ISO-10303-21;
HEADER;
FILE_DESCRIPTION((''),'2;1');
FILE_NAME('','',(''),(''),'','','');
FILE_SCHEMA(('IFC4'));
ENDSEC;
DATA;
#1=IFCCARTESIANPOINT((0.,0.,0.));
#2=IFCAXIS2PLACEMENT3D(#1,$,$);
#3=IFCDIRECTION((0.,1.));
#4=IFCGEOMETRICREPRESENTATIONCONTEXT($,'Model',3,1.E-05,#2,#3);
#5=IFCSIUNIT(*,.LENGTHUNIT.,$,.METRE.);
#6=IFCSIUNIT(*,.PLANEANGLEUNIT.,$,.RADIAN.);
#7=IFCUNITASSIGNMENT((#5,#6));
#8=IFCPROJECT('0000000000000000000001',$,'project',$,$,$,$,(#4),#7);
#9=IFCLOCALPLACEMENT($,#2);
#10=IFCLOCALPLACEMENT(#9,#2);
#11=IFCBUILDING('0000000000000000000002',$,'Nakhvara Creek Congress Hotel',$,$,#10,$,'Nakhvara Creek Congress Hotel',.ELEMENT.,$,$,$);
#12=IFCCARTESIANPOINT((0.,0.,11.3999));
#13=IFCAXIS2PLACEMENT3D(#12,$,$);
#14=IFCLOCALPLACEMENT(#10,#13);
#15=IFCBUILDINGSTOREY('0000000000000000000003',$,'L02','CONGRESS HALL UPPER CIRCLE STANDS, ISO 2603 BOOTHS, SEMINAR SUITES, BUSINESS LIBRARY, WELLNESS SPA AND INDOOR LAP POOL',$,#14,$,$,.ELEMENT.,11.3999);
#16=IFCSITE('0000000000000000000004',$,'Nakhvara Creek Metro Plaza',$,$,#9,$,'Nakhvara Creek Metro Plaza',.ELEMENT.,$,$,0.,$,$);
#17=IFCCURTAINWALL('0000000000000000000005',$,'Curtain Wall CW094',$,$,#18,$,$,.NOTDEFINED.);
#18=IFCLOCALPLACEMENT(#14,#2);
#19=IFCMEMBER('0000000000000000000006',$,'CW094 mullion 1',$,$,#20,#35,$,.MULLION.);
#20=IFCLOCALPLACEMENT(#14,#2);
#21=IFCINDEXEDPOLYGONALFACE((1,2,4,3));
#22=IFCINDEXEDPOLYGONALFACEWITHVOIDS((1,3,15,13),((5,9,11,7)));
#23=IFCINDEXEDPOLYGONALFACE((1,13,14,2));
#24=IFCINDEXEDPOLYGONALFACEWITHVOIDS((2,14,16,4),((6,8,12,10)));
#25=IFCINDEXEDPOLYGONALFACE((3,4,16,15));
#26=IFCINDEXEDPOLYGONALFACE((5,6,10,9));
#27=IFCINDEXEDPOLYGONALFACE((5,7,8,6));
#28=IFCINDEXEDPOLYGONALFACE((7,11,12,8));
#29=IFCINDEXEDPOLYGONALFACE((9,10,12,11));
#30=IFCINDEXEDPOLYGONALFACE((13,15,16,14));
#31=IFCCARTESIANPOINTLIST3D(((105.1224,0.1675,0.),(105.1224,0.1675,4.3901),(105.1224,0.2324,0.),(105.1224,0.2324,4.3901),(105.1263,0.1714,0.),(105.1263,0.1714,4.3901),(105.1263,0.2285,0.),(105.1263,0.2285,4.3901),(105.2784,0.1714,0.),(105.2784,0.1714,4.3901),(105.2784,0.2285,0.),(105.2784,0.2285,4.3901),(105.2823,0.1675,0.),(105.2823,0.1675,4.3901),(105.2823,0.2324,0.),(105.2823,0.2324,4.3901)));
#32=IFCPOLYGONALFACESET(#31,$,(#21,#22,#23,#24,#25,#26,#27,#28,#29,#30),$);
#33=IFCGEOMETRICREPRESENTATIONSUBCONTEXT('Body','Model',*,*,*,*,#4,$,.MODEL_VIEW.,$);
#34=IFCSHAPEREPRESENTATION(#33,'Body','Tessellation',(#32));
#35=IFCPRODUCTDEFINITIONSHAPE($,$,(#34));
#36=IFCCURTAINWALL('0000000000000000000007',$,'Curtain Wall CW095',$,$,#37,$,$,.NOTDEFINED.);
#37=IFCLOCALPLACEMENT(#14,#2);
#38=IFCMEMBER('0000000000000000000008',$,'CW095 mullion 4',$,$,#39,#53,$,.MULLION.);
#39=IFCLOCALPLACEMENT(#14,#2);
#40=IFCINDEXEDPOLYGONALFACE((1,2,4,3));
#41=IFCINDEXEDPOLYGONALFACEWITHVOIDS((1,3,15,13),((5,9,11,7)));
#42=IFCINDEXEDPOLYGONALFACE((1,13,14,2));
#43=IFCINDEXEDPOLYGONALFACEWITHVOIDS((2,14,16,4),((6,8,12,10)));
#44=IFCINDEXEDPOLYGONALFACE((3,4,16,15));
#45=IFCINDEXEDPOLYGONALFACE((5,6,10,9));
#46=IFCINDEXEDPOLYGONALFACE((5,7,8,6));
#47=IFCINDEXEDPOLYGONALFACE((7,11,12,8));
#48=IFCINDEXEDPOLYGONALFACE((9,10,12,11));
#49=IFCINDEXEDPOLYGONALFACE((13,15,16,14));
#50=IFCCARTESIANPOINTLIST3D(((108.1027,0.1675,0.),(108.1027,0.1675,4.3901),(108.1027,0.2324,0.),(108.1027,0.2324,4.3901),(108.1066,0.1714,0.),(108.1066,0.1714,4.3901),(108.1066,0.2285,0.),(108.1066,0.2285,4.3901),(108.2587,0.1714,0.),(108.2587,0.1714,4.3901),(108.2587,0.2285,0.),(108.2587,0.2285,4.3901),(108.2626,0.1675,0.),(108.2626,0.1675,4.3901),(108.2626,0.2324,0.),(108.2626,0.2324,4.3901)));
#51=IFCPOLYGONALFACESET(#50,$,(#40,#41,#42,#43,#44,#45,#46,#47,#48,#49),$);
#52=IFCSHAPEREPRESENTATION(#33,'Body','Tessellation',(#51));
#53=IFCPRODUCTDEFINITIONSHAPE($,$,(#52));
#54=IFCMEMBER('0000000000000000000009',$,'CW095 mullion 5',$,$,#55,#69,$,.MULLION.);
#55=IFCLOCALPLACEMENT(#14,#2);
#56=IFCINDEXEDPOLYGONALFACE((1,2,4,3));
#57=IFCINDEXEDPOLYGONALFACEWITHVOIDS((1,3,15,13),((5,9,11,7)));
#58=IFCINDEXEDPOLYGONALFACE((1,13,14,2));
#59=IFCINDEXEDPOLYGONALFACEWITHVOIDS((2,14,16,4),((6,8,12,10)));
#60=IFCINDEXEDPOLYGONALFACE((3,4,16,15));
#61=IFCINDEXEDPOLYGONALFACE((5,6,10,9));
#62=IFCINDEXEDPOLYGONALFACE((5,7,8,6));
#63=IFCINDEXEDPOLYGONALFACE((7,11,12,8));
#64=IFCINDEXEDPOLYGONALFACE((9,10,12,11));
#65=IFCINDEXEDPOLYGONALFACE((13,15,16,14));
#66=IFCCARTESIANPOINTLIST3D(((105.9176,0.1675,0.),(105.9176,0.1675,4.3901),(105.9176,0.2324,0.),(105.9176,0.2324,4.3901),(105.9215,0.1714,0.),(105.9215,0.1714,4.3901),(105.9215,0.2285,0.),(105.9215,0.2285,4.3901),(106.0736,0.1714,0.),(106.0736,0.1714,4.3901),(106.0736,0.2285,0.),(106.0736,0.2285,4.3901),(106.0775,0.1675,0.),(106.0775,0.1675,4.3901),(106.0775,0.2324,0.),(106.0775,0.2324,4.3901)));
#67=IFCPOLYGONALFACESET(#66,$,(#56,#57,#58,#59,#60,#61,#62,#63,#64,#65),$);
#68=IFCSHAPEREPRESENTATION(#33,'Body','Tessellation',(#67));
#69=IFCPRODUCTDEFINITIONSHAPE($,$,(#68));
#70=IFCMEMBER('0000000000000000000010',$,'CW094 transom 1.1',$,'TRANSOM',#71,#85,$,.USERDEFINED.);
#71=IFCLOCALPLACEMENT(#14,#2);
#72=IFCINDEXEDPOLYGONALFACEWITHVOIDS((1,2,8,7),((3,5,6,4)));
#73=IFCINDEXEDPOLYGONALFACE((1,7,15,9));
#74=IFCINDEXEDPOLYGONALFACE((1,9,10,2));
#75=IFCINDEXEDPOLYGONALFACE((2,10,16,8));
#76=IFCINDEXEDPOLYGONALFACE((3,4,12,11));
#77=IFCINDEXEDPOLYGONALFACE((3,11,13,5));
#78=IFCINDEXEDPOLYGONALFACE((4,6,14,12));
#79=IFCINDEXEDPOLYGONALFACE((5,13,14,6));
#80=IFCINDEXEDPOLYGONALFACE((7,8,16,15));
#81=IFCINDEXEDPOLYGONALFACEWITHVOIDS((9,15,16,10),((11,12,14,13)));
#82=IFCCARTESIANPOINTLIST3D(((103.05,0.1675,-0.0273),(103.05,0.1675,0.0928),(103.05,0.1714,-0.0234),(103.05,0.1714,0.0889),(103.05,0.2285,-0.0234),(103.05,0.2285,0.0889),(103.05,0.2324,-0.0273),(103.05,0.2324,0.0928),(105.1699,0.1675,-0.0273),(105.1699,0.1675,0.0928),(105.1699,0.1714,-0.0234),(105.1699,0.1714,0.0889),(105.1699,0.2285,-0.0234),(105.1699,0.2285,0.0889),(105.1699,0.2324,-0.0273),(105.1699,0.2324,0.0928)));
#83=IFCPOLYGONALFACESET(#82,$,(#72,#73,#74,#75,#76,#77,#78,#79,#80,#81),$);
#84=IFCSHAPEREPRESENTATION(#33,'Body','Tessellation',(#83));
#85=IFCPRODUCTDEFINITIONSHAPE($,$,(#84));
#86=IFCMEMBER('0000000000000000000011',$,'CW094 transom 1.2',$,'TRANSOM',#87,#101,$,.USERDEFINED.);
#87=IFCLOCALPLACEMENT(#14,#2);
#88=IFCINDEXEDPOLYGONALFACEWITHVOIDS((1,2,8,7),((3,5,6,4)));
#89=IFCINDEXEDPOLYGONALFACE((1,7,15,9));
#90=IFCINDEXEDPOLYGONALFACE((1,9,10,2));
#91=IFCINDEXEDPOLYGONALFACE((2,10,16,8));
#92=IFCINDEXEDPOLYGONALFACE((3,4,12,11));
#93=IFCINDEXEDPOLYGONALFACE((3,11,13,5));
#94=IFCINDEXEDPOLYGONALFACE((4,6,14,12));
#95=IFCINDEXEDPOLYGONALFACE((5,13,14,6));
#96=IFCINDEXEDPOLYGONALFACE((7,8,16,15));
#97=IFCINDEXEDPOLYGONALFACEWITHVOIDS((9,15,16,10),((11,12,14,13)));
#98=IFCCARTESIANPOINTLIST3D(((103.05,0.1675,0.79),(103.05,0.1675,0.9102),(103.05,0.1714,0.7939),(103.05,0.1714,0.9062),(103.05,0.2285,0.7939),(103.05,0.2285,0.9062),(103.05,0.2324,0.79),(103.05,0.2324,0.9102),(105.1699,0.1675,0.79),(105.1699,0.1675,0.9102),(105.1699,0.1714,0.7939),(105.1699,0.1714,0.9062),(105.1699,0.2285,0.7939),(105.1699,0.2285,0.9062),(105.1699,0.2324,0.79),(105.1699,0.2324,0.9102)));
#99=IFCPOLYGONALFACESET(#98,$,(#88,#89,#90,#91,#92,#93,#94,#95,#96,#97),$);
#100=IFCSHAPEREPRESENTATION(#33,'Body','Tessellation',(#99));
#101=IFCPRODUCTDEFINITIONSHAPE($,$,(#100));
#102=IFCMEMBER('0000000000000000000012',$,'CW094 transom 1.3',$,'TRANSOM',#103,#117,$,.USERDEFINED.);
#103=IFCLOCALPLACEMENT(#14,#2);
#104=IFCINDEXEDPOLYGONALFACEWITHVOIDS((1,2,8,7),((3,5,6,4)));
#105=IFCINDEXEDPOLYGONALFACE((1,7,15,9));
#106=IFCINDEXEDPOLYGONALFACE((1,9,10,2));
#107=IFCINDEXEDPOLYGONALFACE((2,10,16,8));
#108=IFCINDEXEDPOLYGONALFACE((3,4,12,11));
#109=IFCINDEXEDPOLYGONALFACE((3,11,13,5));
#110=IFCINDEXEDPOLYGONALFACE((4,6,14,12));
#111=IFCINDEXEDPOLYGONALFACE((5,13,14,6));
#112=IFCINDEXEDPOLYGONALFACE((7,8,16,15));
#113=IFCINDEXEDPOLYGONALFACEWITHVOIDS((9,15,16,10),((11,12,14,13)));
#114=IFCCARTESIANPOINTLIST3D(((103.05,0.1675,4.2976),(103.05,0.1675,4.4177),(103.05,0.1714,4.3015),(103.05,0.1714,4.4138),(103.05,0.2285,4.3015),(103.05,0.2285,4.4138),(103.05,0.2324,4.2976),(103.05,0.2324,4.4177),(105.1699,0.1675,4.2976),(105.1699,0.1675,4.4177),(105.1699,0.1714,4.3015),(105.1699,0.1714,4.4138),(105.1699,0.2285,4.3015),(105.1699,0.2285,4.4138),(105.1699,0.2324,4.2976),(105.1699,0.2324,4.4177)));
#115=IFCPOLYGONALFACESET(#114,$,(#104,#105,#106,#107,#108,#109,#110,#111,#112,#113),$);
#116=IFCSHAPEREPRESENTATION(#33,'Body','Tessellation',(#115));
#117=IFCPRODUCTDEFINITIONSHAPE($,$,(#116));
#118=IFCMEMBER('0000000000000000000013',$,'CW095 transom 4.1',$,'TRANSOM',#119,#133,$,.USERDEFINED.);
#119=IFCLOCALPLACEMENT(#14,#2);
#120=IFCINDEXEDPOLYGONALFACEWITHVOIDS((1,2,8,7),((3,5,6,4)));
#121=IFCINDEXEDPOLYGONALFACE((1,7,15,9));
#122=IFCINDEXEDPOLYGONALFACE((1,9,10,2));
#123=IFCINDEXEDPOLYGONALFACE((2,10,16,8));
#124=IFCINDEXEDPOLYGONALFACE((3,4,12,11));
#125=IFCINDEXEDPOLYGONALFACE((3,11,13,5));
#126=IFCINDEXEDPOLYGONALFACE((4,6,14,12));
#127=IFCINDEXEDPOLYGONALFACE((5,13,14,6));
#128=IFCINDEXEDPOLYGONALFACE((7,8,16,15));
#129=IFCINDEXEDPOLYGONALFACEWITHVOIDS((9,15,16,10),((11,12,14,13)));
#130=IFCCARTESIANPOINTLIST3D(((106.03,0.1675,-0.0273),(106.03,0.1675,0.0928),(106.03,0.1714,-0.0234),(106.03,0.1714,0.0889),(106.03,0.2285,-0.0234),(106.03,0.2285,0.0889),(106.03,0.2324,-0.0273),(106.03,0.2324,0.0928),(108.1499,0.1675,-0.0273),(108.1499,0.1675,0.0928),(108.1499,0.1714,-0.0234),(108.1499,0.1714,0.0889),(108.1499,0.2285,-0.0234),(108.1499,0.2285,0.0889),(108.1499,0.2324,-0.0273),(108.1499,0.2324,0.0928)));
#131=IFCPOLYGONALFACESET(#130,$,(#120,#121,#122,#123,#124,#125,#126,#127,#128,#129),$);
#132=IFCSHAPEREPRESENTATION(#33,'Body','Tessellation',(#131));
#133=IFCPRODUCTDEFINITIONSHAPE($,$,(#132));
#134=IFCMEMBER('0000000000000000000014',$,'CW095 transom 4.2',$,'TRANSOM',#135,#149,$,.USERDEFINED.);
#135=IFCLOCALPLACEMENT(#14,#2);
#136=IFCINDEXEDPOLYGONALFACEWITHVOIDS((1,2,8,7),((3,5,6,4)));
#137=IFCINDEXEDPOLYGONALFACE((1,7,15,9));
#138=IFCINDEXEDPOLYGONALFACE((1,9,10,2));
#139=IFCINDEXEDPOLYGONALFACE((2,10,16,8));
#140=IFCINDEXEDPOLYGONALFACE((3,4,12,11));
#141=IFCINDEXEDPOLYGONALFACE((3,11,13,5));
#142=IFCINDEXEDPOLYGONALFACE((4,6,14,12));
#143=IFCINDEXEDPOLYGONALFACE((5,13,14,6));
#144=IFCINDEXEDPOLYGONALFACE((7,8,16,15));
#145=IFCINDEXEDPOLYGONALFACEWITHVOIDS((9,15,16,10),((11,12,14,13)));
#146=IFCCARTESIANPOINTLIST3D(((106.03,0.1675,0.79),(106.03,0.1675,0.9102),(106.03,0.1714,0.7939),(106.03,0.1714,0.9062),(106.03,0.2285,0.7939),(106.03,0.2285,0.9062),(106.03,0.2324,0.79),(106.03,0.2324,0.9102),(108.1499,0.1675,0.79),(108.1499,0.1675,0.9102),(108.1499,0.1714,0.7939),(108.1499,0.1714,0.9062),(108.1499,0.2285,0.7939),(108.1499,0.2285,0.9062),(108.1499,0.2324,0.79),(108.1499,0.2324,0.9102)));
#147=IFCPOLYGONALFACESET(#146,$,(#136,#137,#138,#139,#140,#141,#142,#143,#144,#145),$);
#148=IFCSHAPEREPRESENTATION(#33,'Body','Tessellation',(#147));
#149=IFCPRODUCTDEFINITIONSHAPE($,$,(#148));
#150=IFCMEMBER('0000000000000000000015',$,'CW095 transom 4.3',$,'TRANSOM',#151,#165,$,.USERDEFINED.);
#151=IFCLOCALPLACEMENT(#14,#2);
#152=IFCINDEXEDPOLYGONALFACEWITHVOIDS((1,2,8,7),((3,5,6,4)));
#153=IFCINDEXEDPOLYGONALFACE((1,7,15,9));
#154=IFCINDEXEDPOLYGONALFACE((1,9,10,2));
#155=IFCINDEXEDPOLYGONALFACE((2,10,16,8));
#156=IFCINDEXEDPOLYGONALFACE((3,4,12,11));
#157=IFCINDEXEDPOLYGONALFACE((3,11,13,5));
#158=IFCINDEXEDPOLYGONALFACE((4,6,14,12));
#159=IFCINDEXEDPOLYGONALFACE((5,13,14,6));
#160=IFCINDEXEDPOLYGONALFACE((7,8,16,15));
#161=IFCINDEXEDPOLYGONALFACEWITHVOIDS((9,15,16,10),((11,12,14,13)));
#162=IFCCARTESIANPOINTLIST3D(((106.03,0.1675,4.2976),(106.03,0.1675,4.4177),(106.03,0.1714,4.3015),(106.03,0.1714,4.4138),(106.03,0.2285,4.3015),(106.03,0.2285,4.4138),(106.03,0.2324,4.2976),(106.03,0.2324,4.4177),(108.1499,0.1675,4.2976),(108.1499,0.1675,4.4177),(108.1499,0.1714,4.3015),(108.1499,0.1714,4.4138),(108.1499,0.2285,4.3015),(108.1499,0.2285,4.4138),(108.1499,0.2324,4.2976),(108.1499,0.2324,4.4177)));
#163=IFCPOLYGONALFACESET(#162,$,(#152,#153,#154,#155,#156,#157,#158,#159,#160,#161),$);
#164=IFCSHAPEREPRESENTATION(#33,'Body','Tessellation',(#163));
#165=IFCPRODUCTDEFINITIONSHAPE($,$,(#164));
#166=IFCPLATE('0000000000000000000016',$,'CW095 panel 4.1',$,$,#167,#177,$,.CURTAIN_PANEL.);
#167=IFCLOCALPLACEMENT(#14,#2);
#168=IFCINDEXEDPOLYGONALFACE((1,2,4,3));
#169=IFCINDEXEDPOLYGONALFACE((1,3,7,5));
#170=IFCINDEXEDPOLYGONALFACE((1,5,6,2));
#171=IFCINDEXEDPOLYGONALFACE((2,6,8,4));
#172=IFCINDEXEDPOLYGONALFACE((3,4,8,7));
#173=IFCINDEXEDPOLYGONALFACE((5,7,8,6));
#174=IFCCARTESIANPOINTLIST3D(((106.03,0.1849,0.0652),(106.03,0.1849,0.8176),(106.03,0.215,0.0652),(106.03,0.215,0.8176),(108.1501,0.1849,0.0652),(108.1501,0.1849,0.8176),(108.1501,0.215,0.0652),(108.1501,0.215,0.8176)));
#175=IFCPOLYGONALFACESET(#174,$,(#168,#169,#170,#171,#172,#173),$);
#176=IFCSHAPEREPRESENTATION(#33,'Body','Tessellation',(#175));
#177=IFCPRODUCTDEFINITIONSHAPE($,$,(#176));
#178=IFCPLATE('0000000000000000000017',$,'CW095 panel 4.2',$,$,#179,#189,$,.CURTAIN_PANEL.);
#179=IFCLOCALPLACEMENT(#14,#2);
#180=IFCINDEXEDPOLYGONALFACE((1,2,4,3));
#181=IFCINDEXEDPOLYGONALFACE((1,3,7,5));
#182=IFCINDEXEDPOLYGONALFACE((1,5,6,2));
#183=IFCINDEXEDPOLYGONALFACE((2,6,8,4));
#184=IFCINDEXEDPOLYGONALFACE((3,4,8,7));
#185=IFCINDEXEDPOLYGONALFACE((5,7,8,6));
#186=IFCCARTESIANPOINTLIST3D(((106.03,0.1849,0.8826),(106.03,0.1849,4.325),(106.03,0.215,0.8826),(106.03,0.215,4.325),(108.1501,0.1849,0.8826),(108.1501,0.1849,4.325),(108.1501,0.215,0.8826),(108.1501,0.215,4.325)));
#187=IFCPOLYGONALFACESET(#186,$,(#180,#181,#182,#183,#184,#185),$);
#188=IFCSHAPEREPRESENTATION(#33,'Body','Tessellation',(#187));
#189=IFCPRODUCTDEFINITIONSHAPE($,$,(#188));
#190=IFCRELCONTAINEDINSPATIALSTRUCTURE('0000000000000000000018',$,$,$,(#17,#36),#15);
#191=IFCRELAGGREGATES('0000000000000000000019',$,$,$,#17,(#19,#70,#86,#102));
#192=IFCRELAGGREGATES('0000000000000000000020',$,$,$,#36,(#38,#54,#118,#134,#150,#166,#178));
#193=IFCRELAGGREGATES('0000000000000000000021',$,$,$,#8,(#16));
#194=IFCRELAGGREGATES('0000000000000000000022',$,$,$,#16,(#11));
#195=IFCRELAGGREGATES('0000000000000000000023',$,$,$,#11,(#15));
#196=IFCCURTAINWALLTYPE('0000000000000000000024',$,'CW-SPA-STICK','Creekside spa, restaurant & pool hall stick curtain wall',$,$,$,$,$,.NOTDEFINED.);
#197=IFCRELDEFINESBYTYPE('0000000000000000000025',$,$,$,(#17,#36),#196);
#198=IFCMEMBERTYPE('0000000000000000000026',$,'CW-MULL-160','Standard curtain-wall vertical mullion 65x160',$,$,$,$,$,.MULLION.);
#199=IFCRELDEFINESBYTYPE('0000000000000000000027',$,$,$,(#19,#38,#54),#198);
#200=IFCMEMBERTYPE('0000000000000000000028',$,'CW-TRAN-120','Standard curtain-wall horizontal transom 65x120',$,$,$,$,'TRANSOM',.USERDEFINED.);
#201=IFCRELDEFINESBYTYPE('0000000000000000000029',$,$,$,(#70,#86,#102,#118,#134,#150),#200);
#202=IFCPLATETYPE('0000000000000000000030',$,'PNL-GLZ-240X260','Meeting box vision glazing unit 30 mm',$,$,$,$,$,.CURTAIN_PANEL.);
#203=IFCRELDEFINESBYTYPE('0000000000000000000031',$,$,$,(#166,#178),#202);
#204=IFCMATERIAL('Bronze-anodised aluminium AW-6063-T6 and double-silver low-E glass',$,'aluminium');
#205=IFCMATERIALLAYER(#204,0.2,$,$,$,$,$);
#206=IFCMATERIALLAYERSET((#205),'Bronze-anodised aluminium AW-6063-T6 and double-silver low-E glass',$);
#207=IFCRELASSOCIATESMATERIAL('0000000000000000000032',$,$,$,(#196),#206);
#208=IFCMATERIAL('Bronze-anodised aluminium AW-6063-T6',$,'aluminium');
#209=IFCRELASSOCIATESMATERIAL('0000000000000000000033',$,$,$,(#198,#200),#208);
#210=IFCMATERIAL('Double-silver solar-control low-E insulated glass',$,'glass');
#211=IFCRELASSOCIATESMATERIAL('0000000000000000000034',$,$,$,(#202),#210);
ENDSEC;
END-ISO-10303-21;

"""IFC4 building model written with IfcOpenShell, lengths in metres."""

from ifc_helpers import new_model, si_unit, direction, frame, origin, origin_2d, place, context, subcontext, project, spatial, rectangle, hollow_rectangle, extrude, material, layer, layer_set, material_profile, profile_set, type_object, element, aggregate, save


model = new_model("IFC4")

# Units and contexts
model_context = context("Model", 3, precision=1e-05, world=origin(), true_north=direction((0.0, 1.0)))
body_context = subcontext(model_context, "Body", "Model", "MODEL_VIEW")
ifc_project = project(units=[si_unit("LENGTHUNIT", "METRE"), si_unit("PLANEANGLEUNIT", "RADIAN")], contexts=[model_context])

# Site, building, storey
site_placement = place(None, origin())
site = spatial("IfcSite", under=ifc_project, at=site_placement, Name="Nakhvara Creek Metro Plaza", LongName="Nakhvara Creek Metro Plaza", CompositionType="ELEMENT", RefElevation=0.0)
building_placement = place(site_placement, origin())
building = spatial("IfcBuilding", under=site, at=building_placement, Name="Nakhvara Creek Congress Hotel", LongName="Nakhvara Creek Congress Hotel", CompositionType="ELEMENT")
storey_placement = place(building_placement, frame((0.0, 0.0, 11.3999)))
storey = spatial("IfcBuildingStorey", under=building, at=storey_placement, Name="L02", Description="CONGRESS HALL UPPER CIRCLE STANDS, ISO 2603 BOOTHS, SEMINAR SUITES, BUSINESS LIBRARY, WELLNESS SPA AND INDOOR LAP POOL", CompositionType="ELEMENT", Elevation=11.3999)

# Curtain wall, member
ifc_material_1 = material(Name="Bronze-anodised aluminium AW-6063-T6 and double-silver low-E glass", Category="aluminium")
ifc_layer_1 = layer(ifc_material_1, 0.2)
ifc_layer_set_1 = layer_set([ifc_layer_1], Name="Bronze-anodised aluminium AW-6063-T6 and double-silver low-E glass")
curtain_wall_type = type_object("IfcCurtainWallType", Name="CW-SPA-STICK", Description="Creekside spa, restaurant & pool hall stick curtain wall", PredefinedType="NOTDEFINED", material=ifc_layer_set_1)
curtain_wall_1_placement = place(storey_placement, origin())
curtain_wall_1 = element("IfcCurtainWall", 1, at=curtain_wall_1_placement, inside=storey, type_object=curtain_wall_type, Name="Curtain Wall CW094", PredefinedType="NOTDEFINED")
ifc_material_2 = material(Name="Bronze-anodised aluminium AW-6063-T6", Category="aluminium")
ifc_material_profile_1 = material_profile(ifc_material_2, hollow_rectangle(XDim=0.0649, YDim=0.1599, WallThickness=0.0039, at=origin_2d()), Name="ALU-MULL 65x160x4", Category="LoadBearing")
ifc_profile_set_1 = profile_set([ifc_material_profile_1], Name="Bronze-anodised aluminium AW-6063-T6")
member_type_1 = type_object("IfcMemberType", Name="CW-MULL-160", Description="Standard curtain-wall vertical mullion 65x160", PredefinedType="MULLION", material=ifc_profile_set_1)
member_1_placement = place(storey_placement, frame((105.2024, 0.2, 0.0), z_axis=(0.0, 0.0, 1.0), x_axis=(0.0, -1.0, 0.0)))
member_1 = element("IfcMember", 2, at=member_1_placement, type_object=member_type_1, Name="CW094 mullion 1", PredefinedType="MULLION", context=body_context, shape_type="SweptSolid", body=[
    extrude(hollow_rectangle(XDim=0.0649, YDim=0.1599, WallThickness=0.0039, at=origin_2d()), origin(), (0.0, 0.0, 1.0), 4.3901),
])

# Curtain wall, members
curtain_wall_2_placement = place(storey_placement, origin())
curtain_wall_2 = element("IfcCurtainWall", 3, at=curtain_wall_2_placement, inside=storey, type_object=curtain_wall_type, Name="Curtain Wall CW095", PredefinedType="NOTDEFINED")
member_2_placement = place(storey_placement, frame((108.1826, 0.2, 0.0), z_axis=(0.0, 0.0, 1.0), x_axis=(0.0, -1.0, 0.0)))
member_2 = element("IfcMember", 4, at=member_2_placement, type_object=member_type_1, Name="CW095 mullion 4", PredefinedType="MULLION", context=body_context, shape_type="SweptSolid", body=[
    extrude(hollow_rectangle(XDim=0.0649, YDim=0.1599, WallThickness=0.0039, at=origin_2d()), origin(), (0.0, 0.0, 1.0), 4.3901),
])
member_3_placement = place(storey_placement, frame((105.9976, 0.2, 0.0), z_axis=(0.0, 0.0, 1.0), x_axis=(0.0, -1.0, 0.0)))
member_3 = element("IfcMember", 5, at=member_3_placement, type_object=member_type_1, Name="CW095 mullion 5", PredefinedType="MULLION", context=body_context, shape_type="SweptSolid", body=[
    extrude(hollow_rectangle(XDim=0.0649, YDim=0.1599, WallThickness=0.0039, at=origin_2d()), origin(), (0.0, 0.0, 1.0), 4.3901),
])

# Members
ifc_material_profile_2 = material_profile(ifc_material_2, hollow_rectangle(XDim=0.0649, YDim=0.1201, WallThickness=0.0039, at=origin_2d()), Name="ALU-TRAN 65x120x4", Category="LoadBearing")
ifc_profile_set_2 = profile_set([ifc_material_profile_2], Name="Bronze-anodised aluminium AW-6063-T6")
member_type_2 = type_object("IfcMemberType", Name="CW-TRAN-120", Description="Standard curtain-wall horizontal transom 65x120", ElementType="TRANSOM", PredefinedType="USERDEFINED", material=ifc_profile_set_2)
member_4_placement = place(storey_placement, frame((105.1699, 0.2, 0.0327), z_axis=(-1.0, 0.0, 0.0), x_axis=(0.0, -1.0, 0.0)))
member_4 = element("IfcMember", 6, at=member_4_placement, type_object=member_type_2, Name="CW094 transom 1.1", ObjectType="TRANSOM", PredefinedType="USERDEFINED", context=body_context, shape_type="SweptSolid", body=[
    extrude(hollow_rectangle(XDim=0.0649, YDim=0.1201, WallThickness=0.0039, at=origin_2d()), origin(), (0.0, 0.0, 1.0), 2.1199),
])
member_5_placement = place(storey_placement, frame((105.1699, 0.2, 0.8501), z_axis=(-1.0, 0.0, 0.0), x_axis=(0.0, -1.0, 0.0)))
member_5 = element("IfcMember", 7, at=member_5_placement, type_object=member_type_2, Name="CW094 transom 1.2", ObjectType="TRANSOM", PredefinedType="USERDEFINED", context=body_context, shape_type="SweptSolid", body=[
    extrude(hollow_rectangle(XDim=0.0649, YDim=0.1201, WallThickness=0.0039, at=origin_2d()), origin(), (0.0, 0.0, 1.0), 2.1199),
])
member_6_placement = place(storey_placement, frame((105.1699, 0.2, 4.3577), z_axis=(-1.0, 0.0, 0.0), x_axis=(0.0, -1.0, 0.0)))
member_6 = element("IfcMember", 8, at=member_6_placement, type_object=member_type_2, Name="CW094 transom 1.3", ObjectType="TRANSOM", PredefinedType="USERDEFINED", context=body_context, shape_type="SweptSolid", body=[
    extrude(hollow_rectangle(XDim=0.0649, YDim=0.1201, WallThickness=0.0039, at=origin_2d()), origin(), (0.0, 0.0, 1.0), 2.1199),
])
aggregate(curtain_wall_1, [member_1, member_4, member_5, member_6])
member_7_placement = place(storey_placement, frame((108.1499, 0.2, 0.0327), z_axis=(-1.0, 0.0, 0.0), x_axis=(0.0, -1.0, 0.0)))
member_7 = element("IfcMember", 9, at=member_7_placement, type_object=member_type_2, Name="CW095 transom 4.1", ObjectType="TRANSOM", PredefinedType="USERDEFINED", context=body_context, shape_type="SweptSolid", body=[
    extrude(hollow_rectangle(XDim=0.0649, YDim=0.1201, WallThickness=0.0039, at=origin_2d()), origin(), (0.0, 0.0, 1.0), 2.1199),
])
member_8_placement = place(storey_placement, frame((108.1499, 0.2, 0.8501), z_axis=(-1.0, 0.0, 0.0), x_axis=(0.0, -1.0, 0.0)))
member_8 = element("IfcMember", 10, at=member_8_placement, type_object=member_type_2, Name="CW095 transom 4.2", ObjectType="TRANSOM", PredefinedType="USERDEFINED", context=body_context, shape_type="SweptSolid", body=[
    extrude(hollow_rectangle(XDim=0.0649, YDim=0.1201, WallThickness=0.0039, at=origin_2d()), origin(), (0.0, 0.0, 1.0), 2.1199),
])
member_9_placement = place(storey_placement, frame((108.1499, 0.2, 4.3577), z_axis=(-1.0, 0.0, 0.0), x_axis=(0.0, -1.0, 0.0)))
member_9 = element("IfcMember", 11, at=member_9_placement, type_object=member_type_2, Name="CW095 transom 4.3", ObjectType="TRANSOM", PredefinedType="USERDEFINED", context=body_context, shape_type="SweptSolid", body=[
    extrude(hollow_rectangle(XDim=0.0649, YDim=0.1201, WallThickness=0.0039, at=origin_2d()), origin(), (0.0, 0.0, 1.0), 2.1199),
])

# Plates
ifc_material_3 = material(Name="Double-silver solar-control low-E insulated glass", Category="glass")
plate_type = type_object("IfcPlateType", Name="PNL-GLZ-240X260", Description="Meeting box vision glazing unit 30 mm", PredefinedType="CURTAIN_PANEL", material=ifc_material_3)
plate_1_placement = place(storey_placement, frame((107.0901, 0.2, 0.0652), z_axis=(0.0, 0.0, 1.0), x_axis=(-1.0, 0.0, 0.0)))
plate_1 = element("IfcPlate", 12, at=plate_1_placement, type_object=plate_type, Name="CW095 panel 4.1", PredefinedType="CURTAIN_PANEL", context=body_context, shape_type="SweptSolid", body=[
    extrude(rectangle(XDim=2.1201, YDim=0.03, at=origin_2d()), origin(), (0.0, 0.0, 1.0), 0.7524),
])
plate_2_placement = place(storey_placement, frame((107.0901, 0.2, 0.8826), z_axis=(0.0, 0.0, 1.0), x_axis=(-1.0, 0.0, 0.0)))
plate_2 = element("IfcPlate", 13, at=plate_2_placement, type_object=plate_type, Name="CW095 panel 4.2", PredefinedType="CURTAIN_PANEL", context=body_context, shape_type="SweptSolid", body=[
    extrude(rectangle(XDim=2.1201, YDim=0.03, at=origin_2d()), origin(), (0.0, 0.0, 1.0), 3.4424),
])
aggregate(curtain_wall_2, [member_2, member_3, member_7, member_8, member_9, plate_1, plate_2])

save(model, "model.ifc")
